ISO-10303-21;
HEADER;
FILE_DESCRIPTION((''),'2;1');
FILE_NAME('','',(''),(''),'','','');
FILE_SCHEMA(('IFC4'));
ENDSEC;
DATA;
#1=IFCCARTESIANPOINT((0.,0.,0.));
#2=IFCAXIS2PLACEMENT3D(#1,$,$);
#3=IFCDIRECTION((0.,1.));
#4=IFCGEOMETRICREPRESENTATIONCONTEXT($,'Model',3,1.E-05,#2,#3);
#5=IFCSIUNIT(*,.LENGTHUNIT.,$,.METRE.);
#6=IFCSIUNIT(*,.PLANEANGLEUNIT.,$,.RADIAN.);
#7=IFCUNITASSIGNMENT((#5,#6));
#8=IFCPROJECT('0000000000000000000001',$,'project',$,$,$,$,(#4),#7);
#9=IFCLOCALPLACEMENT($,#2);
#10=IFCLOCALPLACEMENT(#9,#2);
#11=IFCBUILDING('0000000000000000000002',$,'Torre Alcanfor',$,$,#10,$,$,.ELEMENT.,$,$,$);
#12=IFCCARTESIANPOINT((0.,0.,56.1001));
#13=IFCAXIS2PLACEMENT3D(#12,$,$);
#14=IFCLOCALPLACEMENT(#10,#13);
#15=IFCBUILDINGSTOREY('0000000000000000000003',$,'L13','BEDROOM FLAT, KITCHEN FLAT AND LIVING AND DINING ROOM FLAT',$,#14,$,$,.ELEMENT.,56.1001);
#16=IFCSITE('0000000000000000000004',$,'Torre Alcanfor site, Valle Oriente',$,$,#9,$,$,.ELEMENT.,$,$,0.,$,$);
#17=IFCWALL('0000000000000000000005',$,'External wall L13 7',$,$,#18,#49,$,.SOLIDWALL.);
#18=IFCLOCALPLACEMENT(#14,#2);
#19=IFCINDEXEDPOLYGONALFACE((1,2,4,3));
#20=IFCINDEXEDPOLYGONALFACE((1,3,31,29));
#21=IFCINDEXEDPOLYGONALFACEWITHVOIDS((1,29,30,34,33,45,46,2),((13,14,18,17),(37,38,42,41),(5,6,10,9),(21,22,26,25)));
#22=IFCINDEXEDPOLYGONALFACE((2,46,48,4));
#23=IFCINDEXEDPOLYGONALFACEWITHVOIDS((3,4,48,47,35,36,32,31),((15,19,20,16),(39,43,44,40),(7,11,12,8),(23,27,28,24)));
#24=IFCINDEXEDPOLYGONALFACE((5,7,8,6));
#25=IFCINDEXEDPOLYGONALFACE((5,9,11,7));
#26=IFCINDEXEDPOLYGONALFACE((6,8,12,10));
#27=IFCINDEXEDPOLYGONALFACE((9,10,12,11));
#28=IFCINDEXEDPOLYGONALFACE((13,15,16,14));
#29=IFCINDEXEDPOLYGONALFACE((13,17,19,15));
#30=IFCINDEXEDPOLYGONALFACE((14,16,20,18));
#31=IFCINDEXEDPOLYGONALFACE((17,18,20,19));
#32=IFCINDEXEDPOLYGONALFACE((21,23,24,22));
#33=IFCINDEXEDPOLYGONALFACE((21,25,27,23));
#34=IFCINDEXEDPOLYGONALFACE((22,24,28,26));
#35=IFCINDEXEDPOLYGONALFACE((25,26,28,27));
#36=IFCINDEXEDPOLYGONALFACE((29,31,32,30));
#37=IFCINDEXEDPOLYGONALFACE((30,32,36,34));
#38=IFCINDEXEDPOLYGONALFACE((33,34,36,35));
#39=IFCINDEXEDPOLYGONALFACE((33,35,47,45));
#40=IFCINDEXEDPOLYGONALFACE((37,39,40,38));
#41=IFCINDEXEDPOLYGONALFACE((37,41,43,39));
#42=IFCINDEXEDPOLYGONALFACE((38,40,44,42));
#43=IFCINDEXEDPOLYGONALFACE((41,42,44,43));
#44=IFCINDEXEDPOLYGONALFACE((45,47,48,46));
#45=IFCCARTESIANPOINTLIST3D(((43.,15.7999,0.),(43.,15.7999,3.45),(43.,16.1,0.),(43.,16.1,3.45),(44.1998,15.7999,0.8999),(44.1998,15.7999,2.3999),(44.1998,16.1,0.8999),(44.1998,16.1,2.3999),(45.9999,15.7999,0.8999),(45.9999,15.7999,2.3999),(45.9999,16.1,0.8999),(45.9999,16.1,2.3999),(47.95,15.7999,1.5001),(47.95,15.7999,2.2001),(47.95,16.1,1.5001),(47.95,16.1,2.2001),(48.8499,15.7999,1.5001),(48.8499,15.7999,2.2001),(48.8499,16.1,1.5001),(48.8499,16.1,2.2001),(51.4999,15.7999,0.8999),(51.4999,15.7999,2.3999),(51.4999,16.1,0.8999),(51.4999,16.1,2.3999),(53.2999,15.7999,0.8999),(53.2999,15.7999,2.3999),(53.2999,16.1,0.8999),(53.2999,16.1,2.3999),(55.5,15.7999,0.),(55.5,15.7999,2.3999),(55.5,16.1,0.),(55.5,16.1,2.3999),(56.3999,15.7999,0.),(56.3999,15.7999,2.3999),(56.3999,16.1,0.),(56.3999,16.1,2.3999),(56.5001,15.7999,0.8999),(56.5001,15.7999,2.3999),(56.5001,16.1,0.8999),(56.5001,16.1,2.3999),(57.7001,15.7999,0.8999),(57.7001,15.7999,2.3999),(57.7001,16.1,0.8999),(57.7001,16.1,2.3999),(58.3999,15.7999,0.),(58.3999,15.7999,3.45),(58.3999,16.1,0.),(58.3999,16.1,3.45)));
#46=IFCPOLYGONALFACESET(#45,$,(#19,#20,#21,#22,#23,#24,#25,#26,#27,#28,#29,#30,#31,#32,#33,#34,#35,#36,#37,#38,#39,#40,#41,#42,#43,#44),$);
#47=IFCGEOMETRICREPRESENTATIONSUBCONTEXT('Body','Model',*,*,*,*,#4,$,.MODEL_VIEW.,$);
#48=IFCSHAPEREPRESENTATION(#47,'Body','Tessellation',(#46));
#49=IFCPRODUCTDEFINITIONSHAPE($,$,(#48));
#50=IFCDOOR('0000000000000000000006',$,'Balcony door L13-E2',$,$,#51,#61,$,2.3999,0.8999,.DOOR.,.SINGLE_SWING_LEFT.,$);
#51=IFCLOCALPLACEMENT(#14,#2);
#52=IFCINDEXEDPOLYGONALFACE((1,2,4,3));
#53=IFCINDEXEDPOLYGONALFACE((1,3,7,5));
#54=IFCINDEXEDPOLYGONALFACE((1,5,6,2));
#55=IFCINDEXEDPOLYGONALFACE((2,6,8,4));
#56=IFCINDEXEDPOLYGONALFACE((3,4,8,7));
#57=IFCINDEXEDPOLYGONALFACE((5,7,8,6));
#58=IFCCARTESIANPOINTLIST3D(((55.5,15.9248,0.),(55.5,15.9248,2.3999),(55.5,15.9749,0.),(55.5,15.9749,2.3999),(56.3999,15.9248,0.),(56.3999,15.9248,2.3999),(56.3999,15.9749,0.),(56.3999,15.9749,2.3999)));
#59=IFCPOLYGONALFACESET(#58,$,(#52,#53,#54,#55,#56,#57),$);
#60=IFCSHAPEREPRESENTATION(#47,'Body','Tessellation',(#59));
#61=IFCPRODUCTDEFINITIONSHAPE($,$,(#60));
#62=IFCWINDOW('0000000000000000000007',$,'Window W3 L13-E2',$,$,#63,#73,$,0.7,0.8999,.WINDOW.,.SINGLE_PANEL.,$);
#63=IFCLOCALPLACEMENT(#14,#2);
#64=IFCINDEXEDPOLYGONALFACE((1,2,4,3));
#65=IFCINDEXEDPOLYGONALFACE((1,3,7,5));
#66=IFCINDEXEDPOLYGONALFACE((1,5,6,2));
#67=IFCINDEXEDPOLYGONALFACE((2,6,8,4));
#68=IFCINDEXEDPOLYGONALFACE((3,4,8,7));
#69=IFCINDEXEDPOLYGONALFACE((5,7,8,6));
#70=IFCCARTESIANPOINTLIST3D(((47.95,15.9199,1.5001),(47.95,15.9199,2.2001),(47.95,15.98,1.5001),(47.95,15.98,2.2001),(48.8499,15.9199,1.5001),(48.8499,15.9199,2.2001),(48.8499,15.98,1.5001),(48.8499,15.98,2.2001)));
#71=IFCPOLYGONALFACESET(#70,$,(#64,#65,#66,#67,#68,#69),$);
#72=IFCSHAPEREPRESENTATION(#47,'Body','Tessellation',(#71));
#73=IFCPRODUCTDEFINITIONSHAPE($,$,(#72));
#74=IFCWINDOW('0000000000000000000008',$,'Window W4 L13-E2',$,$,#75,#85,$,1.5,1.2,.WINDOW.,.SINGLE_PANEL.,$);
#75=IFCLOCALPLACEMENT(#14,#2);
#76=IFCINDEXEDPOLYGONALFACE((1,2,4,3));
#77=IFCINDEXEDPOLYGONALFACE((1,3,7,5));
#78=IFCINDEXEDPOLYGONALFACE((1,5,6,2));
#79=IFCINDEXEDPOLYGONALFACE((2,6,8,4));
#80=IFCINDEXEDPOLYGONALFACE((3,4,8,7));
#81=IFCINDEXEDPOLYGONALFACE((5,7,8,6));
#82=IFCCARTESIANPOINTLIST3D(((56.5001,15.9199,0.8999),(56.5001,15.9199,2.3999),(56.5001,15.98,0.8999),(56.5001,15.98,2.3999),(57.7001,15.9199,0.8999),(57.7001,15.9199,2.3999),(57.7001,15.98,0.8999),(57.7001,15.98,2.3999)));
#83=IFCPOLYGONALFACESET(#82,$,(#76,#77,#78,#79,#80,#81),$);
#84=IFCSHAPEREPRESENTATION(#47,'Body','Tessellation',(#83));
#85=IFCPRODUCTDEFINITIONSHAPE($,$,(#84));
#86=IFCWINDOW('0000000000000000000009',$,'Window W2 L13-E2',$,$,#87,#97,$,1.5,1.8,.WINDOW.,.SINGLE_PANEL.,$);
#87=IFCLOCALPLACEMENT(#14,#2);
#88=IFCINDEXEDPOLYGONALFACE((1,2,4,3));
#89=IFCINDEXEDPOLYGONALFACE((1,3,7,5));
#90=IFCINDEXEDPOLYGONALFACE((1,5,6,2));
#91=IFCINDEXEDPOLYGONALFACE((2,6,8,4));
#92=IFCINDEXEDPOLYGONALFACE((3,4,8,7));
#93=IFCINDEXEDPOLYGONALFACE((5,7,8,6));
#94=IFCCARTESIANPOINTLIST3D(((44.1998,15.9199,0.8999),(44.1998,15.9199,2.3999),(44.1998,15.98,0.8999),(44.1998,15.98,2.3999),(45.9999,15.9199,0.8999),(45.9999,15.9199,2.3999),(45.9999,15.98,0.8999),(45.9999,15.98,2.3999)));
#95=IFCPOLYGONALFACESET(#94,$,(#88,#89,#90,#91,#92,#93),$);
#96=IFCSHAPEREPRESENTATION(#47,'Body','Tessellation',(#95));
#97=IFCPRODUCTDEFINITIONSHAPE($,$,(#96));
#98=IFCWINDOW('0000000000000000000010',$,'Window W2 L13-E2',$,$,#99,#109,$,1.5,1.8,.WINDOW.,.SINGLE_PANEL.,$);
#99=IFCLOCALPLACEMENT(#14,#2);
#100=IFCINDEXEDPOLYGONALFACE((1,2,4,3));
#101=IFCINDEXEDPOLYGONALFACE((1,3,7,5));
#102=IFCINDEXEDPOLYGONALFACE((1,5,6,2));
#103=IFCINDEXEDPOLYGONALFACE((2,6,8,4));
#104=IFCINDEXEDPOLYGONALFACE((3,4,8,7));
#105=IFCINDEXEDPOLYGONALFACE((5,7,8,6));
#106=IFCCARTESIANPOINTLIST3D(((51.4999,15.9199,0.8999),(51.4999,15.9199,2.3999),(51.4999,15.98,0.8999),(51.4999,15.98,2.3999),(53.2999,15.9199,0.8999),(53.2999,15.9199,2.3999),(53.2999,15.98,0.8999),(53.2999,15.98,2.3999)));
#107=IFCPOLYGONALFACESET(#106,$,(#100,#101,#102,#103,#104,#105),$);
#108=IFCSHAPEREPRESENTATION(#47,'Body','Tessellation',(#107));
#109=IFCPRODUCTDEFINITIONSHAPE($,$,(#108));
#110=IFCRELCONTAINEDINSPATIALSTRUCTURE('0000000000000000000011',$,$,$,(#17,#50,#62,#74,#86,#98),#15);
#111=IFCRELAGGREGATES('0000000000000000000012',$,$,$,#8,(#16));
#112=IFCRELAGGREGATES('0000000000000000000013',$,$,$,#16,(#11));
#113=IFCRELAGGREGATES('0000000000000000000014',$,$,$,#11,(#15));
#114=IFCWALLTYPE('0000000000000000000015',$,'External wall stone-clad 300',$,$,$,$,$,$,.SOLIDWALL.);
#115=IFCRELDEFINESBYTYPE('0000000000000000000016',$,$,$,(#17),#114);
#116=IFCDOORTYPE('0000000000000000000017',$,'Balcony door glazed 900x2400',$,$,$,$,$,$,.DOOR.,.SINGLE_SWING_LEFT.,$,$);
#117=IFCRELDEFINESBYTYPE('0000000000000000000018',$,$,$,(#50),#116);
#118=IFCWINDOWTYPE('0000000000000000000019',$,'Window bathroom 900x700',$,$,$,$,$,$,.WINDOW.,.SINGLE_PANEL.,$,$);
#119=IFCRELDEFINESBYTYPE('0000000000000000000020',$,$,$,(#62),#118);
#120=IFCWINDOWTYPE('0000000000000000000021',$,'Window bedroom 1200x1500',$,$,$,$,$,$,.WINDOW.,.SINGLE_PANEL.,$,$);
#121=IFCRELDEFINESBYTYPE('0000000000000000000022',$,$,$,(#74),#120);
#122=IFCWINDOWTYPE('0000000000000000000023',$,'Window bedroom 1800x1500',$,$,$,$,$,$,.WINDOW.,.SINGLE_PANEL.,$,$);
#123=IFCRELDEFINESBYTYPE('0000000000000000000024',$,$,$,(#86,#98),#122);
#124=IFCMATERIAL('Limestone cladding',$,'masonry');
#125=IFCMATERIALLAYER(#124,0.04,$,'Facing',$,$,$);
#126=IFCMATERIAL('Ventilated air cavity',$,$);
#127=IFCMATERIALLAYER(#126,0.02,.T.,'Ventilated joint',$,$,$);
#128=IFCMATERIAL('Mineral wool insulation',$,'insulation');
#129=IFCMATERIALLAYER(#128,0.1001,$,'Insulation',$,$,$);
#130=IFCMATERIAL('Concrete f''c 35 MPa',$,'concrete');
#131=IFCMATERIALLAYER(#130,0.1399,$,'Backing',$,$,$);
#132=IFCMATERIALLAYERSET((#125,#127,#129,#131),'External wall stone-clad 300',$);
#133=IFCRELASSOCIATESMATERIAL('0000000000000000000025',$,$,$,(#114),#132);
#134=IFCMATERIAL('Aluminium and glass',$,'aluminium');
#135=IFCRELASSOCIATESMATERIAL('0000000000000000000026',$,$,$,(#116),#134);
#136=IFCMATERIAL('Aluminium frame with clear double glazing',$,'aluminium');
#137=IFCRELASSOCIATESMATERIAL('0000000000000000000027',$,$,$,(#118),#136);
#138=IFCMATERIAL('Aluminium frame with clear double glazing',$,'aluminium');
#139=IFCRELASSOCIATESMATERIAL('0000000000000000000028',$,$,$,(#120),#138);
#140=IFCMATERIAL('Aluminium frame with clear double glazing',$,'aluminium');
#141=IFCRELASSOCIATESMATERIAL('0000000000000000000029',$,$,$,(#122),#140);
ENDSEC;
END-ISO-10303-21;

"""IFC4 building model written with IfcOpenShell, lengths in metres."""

from ifc_helpers import new_model, si_unit, direction, frame, frame_2d, origin, place, context, subcontext, project, spatial, rectangle, extrude, material, layer, layer_set, type_object, element, fill, save


model = new_model("IFC4")

# Units and contexts
model_context = context("Model", 3, precision=1e-05, world=origin(), true_north=direction((0.0, 1.0)))
body_context = subcontext(model_context, "Body", "Model", "MODEL_VIEW")
ifc_project = project(units=[si_unit("LENGTHUNIT", "METRE"), si_unit("PLANEANGLEUNIT", "RADIAN")], contexts=[model_context])

# Site, building, storey
site_placement = place(None, origin())
site = spatial("IfcSite", under=ifc_project, at=site_placement, Name="Torre Alcanfor site, Valle Oriente", CompositionType="ELEMENT", RefElevation=0.0)
building_placement = place(site_placement, origin())
building = spatial("IfcBuilding", under=site, at=building_placement, Name="Torre Alcanfor", CompositionType="ELEMENT")
storey_placement = place(building_placement, frame((0.0, 0.0, 56.1001)))
storey = spatial("IfcBuildingStorey", under=building, at=storey_placement, Name="L13", Description="BEDROOM FLAT, KITCHEN FLAT AND LIVING AND DINING ROOM FLAT", CompositionType="ELEMENT", Elevation=56.1001)

# Wall, openings, door, windows
ifc_material_1 = material(Name="Limestone cladding", Category="masonry")
ifc_layer_1 = layer(ifc_material_1, 0.04, Name="Facing")
ifc_material_2 = material(Name="Ventilated air cavity")
ifc_layer_2 = layer(ifc_material_2, 0.02, ventilated=True, Name="Ventilated joint")
ifc_material_3 = material(Name="Mineral wool insulation", Category="insulation")
ifc_layer_3 = layer(ifc_material_3, 0.1001, Name="Insulation")
ifc_material_4 = material(Name="Concrete f'c 35 MPa", Category="concrete")
ifc_layer_4 = layer(ifc_material_4, 0.1399, Name="Backing")
ifc_layer_set_1 = layer_set([ifc_layer_1, ifc_layer_2, ifc_layer_3, ifc_layer_4], Name="External wall stone-clad 300")
wall_type_1 = type_object("IfcWallType", Name="External wall stone-clad 300", PredefinedType="SOLIDWALL", material=ifc_layer_set_1)
ifc_material_5 = material(Name="Aluminium and glass", Category="aluminium")
door_type = type_object("IfcDoorType", Name="Balcony door glazed 900x2400", OperationType="SINGLE_SWING_LEFT", PredefinedType="DOOR", material=ifc_material_5)
ifc_material_6 = material(Name="Aluminium frame with clear double glazing", Category="aluminium")
window_type_1 = type_object("IfcWindowType", Name="Window bathroom 900x700", PartitioningType="SINGLE_PANEL", PredefinedType="WINDOW", material=ifc_material_6)
ifc_material_7 = material(Name="Aluminium frame with clear double glazing", Category="aluminium")
window_type_2 = type_object("IfcWindowType", Name="Window bedroom 1200x1500", PartitioningType="SINGLE_PANEL", PredefinedType="WINDOW", material=ifc_material_7)
ifc_material_8 = material(Name="Aluminium frame with clear double glazing", Category="aluminium")
window_type_3 = type_object("IfcWindowType", Name="Window bedroom 1800x1500", PartitioningType="SINGLE_PANEL", PredefinedType="WINDOW", material=ifc_material_8)
wall_1_placement = place(storey_placement, frame((43.0, 15.95, 0.0), z_axis=(0.0, 0.0, 1.0), x_axis=(1.0, 0.0, 0.0)))
wall_1 = element("IfcWall", 1, at=wall_1_placement, inside=storey, type_object=wall_type_1, Name="External wall L13 7", PredefinedType="SOLIDWALL", context=body_context, shape_type="SweptSolid", body=[
    extrude(rectangle(XDim=15.3999, YDim=0.3, at=frame_2d((7.7, 0.0))), origin(), (0.0, 0.0, 1.0), 3.45),
])
opening_1_placement = place(wall_1_placement, frame((1.2, 0.0, 0.8999)))
opening_1 = element("IfcOpeningElement", 2, at=opening_1_placement, cuts=wall_1, PredefinedType="OPENING", context=body_context, shape_type="SweptSolid", body=[
    extrude(rectangle(XDim=1.8, YDim=1.5, at=frame_2d((0.8999, 0.75))), frame((0.0, 0.1599, 0.0), z_axis=(0.0, -1.0, 0.0), x_axis=(1.0, 0.0, 0.0)), (0.0, 0.0, 1.0), 0.3201),
])
opening_2_placement = place(wall_1_placement, frame((4.95, 0.0, 1.5)))
opening_2 = element("IfcOpeningElement", 3, at=opening_2_placement, cuts=wall_1, PredefinedType="OPENING", context=body_context, shape_type="SweptSolid", body=[
    extrude(rectangle(XDim=0.8999, YDim=0.7, at=frame_2d((0.45, 0.3501))), frame((0.0, 0.1599, 0.0), z_axis=(0.0, -1.0, 0.0), x_axis=(1.0, 0.0, 0.0)), (0.0, 0.0, 1.0), 0.3201),
])
opening_3_placement = place(wall_1_placement, frame((8.5, 0.0, 0.8999)))
opening_3 = element("IfcOpeningElement", 4, at=opening_3_placement, cuts=wall_1, PredefinedType="OPENING", context=body_context, shape_type="SweptSolid", body=[
    extrude(rectangle(XDim=1.8, YDim=1.5, at=frame_2d((0.8999, 0.75))), frame((0.0, 0.1599, 0.0), z_axis=(0.0, -1.0, 0.0), x_axis=(1.0, 0.0, 0.0)), (0.0, 0.0, 1.0), 0.3201),
])
opening_4_placement = place(wall_1_placement, frame((12.5, 0.0, 0.0)))
opening_4 = element("IfcOpeningElement", 5, at=opening_4_placement, cuts=wall_1, PredefinedType="OPENING", context=body_context, shape_type="SweptSolid", body=[
    extrude(rectangle(XDim=0.8999, YDim=2.3999, at=frame_2d((0.45, 1.2))), frame((0.0, 0.1599, 0.0), z_axis=(0.0, -1.0, 0.0), x_axis=(1.0, 0.0, 0.0)), (0.0, 0.0, 1.0), 0.3201),
])
opening_5_placement = place(wall_1_placement, frame((13.5, 0.0, 0.8999)))
opening_5 = element("IfcOpeningElement", 6, at=opening_5_placement, cuts=wall_1, PredefinedType="OPENING", context=body_context, shape_type="SweptSolid", body=[
    extrude(rectangle(XDim=1.2, YDim=1.5, at=frame_2d((0.6001, 0.75))), frame((0.0, 0.1599, 0.0), z_axis=(0.0, -1.0, 0.0), x_axis=(1.0, 0.0, 0.0)), (0.0, 0.0, 1.0), 0.3201),
])
door_1_placement = place(opening_4_placement, origin())
door_1 = element("IfcDoor", 7, at=door_1_placement, inside=storey, type_object=door_type, Name="Balcony door L13-E2", OperationType="SINGLE_SWING_LEFT", OverallHeight=2.3999, OverallWidth=0.8999, PredefinedType="DOOR", context=body_context, shape_type="SweptSolid", body=[
    extrude(rectangle(XDim=0.8999, YDim=2.3999, at=frame_2d((0.45, 1.2))), frame((0.0, 0.0249, 0.0), z_axis=(0.0, -1.0, 0.0), x_axis=(1.0, 0.0, 0.0)), (0.0, 0.0, 1.0), 0.05),
])
fill(opening_4, door_1)
window_1_placement = place(opening_2_placement, origin())
window_1 = element("IfcWindow", 8, at=window_1_placement, inside=storey, type_object=window_type_1, Name="Window W3 L13-E2", OverallHeight=0.7, OverallWidth=0.8999, PartitioningType="SINGLE_PANEL", PredefinedType="WINDOW", context=body_context, shape_type="SweptSolid", body=[
    extrude(rectangle(XDim=0.8999, YDim=0.7, at=frame_2d((0.45, 0.3501))), frame((0.0, 0.03, 0.0), z_axis=(0.0, -1.0, 0.0), x_axis=(1.0, 0.0, 0.0)), (0.0, 0.0, 1.0), 0.0601),
])
fill(opening_2, window_1)
window_2_placement = place(opening_5_placement, origin())
window_2 = element("IfcWindow", 9, at=window_2_placement, inside=storey, type_object=window_type_2, Name="Window W4 L13-E2", OverallHeight=1.5, OverallWidth=1.2, PartitioningType="SINGLE_PANEL", PredefinedType="WINDOW", context=body_context, shape_type="SweptSolid", body=[
    extrude(rectangle(XDim=1.2, YDim=1.5, at=frame_2d((0.6001, 0.75))), frame((0.0, 0.03, 0.0), z_axis=(0.0, -1.0, 0.0), x_axis=(1.0, 0.0, 0.0)), (0.0, 0.0, 1.0), 0.0601),
])
fill(opening_5, window_2)
window_3_placement = place(opening_1_placement, origin())
window_3 = element("IfcWindow", 10, at=window_3_placement, inside=storey, type_object=window_type_3, Name="Window W2 L13-E2", OverallHeight=1.5, OverallWidth=1.8, PartitioningType="SINGLE_PANEL", PredefinedType="WINDOW", context=body_context, shape_type="SweptSolid", body=[
    extrude(rectangle(XDim=1.8, YDim=1.5, at=frame_2d((0.8999, 0.75))), frame((0.0, 0.03, 0.0), z_axis=(0.0, -1.0, 0.0), x_axis=(1.0, 0.0, 0.0)), (0.0, 0.0, 1.0), 0.0601),
])
fill(opening_1, window_3)
window_4_placement = place(opening_3_placement, origin())
window_4 = element("IfcWindow", 11, at=window_4_placement, inside=storey, type_object=window_type_3, Name="Window W2 L13-E2", OverallHeight=1.5, OverallWidth=1.8, PartitioningType="SINGLE_PANEL", PredefinedType="WINDOW", context=body_context, shape_type="SweptSolid", body=[
    extrude(rectangle(XDim=1.8, YDim=1.5, at=frame_2d((0.8999, 0.75))), frame((0.0, 0.03, 0.0), z_axis=(0.0, -1.0, 0.0), x_axis=(1.0, 0.0, 0.0)), (0.0, 0.0, 1.0), 0.0601),
])
fill(opening_3, window_4)

save(model, "model.ifc")
